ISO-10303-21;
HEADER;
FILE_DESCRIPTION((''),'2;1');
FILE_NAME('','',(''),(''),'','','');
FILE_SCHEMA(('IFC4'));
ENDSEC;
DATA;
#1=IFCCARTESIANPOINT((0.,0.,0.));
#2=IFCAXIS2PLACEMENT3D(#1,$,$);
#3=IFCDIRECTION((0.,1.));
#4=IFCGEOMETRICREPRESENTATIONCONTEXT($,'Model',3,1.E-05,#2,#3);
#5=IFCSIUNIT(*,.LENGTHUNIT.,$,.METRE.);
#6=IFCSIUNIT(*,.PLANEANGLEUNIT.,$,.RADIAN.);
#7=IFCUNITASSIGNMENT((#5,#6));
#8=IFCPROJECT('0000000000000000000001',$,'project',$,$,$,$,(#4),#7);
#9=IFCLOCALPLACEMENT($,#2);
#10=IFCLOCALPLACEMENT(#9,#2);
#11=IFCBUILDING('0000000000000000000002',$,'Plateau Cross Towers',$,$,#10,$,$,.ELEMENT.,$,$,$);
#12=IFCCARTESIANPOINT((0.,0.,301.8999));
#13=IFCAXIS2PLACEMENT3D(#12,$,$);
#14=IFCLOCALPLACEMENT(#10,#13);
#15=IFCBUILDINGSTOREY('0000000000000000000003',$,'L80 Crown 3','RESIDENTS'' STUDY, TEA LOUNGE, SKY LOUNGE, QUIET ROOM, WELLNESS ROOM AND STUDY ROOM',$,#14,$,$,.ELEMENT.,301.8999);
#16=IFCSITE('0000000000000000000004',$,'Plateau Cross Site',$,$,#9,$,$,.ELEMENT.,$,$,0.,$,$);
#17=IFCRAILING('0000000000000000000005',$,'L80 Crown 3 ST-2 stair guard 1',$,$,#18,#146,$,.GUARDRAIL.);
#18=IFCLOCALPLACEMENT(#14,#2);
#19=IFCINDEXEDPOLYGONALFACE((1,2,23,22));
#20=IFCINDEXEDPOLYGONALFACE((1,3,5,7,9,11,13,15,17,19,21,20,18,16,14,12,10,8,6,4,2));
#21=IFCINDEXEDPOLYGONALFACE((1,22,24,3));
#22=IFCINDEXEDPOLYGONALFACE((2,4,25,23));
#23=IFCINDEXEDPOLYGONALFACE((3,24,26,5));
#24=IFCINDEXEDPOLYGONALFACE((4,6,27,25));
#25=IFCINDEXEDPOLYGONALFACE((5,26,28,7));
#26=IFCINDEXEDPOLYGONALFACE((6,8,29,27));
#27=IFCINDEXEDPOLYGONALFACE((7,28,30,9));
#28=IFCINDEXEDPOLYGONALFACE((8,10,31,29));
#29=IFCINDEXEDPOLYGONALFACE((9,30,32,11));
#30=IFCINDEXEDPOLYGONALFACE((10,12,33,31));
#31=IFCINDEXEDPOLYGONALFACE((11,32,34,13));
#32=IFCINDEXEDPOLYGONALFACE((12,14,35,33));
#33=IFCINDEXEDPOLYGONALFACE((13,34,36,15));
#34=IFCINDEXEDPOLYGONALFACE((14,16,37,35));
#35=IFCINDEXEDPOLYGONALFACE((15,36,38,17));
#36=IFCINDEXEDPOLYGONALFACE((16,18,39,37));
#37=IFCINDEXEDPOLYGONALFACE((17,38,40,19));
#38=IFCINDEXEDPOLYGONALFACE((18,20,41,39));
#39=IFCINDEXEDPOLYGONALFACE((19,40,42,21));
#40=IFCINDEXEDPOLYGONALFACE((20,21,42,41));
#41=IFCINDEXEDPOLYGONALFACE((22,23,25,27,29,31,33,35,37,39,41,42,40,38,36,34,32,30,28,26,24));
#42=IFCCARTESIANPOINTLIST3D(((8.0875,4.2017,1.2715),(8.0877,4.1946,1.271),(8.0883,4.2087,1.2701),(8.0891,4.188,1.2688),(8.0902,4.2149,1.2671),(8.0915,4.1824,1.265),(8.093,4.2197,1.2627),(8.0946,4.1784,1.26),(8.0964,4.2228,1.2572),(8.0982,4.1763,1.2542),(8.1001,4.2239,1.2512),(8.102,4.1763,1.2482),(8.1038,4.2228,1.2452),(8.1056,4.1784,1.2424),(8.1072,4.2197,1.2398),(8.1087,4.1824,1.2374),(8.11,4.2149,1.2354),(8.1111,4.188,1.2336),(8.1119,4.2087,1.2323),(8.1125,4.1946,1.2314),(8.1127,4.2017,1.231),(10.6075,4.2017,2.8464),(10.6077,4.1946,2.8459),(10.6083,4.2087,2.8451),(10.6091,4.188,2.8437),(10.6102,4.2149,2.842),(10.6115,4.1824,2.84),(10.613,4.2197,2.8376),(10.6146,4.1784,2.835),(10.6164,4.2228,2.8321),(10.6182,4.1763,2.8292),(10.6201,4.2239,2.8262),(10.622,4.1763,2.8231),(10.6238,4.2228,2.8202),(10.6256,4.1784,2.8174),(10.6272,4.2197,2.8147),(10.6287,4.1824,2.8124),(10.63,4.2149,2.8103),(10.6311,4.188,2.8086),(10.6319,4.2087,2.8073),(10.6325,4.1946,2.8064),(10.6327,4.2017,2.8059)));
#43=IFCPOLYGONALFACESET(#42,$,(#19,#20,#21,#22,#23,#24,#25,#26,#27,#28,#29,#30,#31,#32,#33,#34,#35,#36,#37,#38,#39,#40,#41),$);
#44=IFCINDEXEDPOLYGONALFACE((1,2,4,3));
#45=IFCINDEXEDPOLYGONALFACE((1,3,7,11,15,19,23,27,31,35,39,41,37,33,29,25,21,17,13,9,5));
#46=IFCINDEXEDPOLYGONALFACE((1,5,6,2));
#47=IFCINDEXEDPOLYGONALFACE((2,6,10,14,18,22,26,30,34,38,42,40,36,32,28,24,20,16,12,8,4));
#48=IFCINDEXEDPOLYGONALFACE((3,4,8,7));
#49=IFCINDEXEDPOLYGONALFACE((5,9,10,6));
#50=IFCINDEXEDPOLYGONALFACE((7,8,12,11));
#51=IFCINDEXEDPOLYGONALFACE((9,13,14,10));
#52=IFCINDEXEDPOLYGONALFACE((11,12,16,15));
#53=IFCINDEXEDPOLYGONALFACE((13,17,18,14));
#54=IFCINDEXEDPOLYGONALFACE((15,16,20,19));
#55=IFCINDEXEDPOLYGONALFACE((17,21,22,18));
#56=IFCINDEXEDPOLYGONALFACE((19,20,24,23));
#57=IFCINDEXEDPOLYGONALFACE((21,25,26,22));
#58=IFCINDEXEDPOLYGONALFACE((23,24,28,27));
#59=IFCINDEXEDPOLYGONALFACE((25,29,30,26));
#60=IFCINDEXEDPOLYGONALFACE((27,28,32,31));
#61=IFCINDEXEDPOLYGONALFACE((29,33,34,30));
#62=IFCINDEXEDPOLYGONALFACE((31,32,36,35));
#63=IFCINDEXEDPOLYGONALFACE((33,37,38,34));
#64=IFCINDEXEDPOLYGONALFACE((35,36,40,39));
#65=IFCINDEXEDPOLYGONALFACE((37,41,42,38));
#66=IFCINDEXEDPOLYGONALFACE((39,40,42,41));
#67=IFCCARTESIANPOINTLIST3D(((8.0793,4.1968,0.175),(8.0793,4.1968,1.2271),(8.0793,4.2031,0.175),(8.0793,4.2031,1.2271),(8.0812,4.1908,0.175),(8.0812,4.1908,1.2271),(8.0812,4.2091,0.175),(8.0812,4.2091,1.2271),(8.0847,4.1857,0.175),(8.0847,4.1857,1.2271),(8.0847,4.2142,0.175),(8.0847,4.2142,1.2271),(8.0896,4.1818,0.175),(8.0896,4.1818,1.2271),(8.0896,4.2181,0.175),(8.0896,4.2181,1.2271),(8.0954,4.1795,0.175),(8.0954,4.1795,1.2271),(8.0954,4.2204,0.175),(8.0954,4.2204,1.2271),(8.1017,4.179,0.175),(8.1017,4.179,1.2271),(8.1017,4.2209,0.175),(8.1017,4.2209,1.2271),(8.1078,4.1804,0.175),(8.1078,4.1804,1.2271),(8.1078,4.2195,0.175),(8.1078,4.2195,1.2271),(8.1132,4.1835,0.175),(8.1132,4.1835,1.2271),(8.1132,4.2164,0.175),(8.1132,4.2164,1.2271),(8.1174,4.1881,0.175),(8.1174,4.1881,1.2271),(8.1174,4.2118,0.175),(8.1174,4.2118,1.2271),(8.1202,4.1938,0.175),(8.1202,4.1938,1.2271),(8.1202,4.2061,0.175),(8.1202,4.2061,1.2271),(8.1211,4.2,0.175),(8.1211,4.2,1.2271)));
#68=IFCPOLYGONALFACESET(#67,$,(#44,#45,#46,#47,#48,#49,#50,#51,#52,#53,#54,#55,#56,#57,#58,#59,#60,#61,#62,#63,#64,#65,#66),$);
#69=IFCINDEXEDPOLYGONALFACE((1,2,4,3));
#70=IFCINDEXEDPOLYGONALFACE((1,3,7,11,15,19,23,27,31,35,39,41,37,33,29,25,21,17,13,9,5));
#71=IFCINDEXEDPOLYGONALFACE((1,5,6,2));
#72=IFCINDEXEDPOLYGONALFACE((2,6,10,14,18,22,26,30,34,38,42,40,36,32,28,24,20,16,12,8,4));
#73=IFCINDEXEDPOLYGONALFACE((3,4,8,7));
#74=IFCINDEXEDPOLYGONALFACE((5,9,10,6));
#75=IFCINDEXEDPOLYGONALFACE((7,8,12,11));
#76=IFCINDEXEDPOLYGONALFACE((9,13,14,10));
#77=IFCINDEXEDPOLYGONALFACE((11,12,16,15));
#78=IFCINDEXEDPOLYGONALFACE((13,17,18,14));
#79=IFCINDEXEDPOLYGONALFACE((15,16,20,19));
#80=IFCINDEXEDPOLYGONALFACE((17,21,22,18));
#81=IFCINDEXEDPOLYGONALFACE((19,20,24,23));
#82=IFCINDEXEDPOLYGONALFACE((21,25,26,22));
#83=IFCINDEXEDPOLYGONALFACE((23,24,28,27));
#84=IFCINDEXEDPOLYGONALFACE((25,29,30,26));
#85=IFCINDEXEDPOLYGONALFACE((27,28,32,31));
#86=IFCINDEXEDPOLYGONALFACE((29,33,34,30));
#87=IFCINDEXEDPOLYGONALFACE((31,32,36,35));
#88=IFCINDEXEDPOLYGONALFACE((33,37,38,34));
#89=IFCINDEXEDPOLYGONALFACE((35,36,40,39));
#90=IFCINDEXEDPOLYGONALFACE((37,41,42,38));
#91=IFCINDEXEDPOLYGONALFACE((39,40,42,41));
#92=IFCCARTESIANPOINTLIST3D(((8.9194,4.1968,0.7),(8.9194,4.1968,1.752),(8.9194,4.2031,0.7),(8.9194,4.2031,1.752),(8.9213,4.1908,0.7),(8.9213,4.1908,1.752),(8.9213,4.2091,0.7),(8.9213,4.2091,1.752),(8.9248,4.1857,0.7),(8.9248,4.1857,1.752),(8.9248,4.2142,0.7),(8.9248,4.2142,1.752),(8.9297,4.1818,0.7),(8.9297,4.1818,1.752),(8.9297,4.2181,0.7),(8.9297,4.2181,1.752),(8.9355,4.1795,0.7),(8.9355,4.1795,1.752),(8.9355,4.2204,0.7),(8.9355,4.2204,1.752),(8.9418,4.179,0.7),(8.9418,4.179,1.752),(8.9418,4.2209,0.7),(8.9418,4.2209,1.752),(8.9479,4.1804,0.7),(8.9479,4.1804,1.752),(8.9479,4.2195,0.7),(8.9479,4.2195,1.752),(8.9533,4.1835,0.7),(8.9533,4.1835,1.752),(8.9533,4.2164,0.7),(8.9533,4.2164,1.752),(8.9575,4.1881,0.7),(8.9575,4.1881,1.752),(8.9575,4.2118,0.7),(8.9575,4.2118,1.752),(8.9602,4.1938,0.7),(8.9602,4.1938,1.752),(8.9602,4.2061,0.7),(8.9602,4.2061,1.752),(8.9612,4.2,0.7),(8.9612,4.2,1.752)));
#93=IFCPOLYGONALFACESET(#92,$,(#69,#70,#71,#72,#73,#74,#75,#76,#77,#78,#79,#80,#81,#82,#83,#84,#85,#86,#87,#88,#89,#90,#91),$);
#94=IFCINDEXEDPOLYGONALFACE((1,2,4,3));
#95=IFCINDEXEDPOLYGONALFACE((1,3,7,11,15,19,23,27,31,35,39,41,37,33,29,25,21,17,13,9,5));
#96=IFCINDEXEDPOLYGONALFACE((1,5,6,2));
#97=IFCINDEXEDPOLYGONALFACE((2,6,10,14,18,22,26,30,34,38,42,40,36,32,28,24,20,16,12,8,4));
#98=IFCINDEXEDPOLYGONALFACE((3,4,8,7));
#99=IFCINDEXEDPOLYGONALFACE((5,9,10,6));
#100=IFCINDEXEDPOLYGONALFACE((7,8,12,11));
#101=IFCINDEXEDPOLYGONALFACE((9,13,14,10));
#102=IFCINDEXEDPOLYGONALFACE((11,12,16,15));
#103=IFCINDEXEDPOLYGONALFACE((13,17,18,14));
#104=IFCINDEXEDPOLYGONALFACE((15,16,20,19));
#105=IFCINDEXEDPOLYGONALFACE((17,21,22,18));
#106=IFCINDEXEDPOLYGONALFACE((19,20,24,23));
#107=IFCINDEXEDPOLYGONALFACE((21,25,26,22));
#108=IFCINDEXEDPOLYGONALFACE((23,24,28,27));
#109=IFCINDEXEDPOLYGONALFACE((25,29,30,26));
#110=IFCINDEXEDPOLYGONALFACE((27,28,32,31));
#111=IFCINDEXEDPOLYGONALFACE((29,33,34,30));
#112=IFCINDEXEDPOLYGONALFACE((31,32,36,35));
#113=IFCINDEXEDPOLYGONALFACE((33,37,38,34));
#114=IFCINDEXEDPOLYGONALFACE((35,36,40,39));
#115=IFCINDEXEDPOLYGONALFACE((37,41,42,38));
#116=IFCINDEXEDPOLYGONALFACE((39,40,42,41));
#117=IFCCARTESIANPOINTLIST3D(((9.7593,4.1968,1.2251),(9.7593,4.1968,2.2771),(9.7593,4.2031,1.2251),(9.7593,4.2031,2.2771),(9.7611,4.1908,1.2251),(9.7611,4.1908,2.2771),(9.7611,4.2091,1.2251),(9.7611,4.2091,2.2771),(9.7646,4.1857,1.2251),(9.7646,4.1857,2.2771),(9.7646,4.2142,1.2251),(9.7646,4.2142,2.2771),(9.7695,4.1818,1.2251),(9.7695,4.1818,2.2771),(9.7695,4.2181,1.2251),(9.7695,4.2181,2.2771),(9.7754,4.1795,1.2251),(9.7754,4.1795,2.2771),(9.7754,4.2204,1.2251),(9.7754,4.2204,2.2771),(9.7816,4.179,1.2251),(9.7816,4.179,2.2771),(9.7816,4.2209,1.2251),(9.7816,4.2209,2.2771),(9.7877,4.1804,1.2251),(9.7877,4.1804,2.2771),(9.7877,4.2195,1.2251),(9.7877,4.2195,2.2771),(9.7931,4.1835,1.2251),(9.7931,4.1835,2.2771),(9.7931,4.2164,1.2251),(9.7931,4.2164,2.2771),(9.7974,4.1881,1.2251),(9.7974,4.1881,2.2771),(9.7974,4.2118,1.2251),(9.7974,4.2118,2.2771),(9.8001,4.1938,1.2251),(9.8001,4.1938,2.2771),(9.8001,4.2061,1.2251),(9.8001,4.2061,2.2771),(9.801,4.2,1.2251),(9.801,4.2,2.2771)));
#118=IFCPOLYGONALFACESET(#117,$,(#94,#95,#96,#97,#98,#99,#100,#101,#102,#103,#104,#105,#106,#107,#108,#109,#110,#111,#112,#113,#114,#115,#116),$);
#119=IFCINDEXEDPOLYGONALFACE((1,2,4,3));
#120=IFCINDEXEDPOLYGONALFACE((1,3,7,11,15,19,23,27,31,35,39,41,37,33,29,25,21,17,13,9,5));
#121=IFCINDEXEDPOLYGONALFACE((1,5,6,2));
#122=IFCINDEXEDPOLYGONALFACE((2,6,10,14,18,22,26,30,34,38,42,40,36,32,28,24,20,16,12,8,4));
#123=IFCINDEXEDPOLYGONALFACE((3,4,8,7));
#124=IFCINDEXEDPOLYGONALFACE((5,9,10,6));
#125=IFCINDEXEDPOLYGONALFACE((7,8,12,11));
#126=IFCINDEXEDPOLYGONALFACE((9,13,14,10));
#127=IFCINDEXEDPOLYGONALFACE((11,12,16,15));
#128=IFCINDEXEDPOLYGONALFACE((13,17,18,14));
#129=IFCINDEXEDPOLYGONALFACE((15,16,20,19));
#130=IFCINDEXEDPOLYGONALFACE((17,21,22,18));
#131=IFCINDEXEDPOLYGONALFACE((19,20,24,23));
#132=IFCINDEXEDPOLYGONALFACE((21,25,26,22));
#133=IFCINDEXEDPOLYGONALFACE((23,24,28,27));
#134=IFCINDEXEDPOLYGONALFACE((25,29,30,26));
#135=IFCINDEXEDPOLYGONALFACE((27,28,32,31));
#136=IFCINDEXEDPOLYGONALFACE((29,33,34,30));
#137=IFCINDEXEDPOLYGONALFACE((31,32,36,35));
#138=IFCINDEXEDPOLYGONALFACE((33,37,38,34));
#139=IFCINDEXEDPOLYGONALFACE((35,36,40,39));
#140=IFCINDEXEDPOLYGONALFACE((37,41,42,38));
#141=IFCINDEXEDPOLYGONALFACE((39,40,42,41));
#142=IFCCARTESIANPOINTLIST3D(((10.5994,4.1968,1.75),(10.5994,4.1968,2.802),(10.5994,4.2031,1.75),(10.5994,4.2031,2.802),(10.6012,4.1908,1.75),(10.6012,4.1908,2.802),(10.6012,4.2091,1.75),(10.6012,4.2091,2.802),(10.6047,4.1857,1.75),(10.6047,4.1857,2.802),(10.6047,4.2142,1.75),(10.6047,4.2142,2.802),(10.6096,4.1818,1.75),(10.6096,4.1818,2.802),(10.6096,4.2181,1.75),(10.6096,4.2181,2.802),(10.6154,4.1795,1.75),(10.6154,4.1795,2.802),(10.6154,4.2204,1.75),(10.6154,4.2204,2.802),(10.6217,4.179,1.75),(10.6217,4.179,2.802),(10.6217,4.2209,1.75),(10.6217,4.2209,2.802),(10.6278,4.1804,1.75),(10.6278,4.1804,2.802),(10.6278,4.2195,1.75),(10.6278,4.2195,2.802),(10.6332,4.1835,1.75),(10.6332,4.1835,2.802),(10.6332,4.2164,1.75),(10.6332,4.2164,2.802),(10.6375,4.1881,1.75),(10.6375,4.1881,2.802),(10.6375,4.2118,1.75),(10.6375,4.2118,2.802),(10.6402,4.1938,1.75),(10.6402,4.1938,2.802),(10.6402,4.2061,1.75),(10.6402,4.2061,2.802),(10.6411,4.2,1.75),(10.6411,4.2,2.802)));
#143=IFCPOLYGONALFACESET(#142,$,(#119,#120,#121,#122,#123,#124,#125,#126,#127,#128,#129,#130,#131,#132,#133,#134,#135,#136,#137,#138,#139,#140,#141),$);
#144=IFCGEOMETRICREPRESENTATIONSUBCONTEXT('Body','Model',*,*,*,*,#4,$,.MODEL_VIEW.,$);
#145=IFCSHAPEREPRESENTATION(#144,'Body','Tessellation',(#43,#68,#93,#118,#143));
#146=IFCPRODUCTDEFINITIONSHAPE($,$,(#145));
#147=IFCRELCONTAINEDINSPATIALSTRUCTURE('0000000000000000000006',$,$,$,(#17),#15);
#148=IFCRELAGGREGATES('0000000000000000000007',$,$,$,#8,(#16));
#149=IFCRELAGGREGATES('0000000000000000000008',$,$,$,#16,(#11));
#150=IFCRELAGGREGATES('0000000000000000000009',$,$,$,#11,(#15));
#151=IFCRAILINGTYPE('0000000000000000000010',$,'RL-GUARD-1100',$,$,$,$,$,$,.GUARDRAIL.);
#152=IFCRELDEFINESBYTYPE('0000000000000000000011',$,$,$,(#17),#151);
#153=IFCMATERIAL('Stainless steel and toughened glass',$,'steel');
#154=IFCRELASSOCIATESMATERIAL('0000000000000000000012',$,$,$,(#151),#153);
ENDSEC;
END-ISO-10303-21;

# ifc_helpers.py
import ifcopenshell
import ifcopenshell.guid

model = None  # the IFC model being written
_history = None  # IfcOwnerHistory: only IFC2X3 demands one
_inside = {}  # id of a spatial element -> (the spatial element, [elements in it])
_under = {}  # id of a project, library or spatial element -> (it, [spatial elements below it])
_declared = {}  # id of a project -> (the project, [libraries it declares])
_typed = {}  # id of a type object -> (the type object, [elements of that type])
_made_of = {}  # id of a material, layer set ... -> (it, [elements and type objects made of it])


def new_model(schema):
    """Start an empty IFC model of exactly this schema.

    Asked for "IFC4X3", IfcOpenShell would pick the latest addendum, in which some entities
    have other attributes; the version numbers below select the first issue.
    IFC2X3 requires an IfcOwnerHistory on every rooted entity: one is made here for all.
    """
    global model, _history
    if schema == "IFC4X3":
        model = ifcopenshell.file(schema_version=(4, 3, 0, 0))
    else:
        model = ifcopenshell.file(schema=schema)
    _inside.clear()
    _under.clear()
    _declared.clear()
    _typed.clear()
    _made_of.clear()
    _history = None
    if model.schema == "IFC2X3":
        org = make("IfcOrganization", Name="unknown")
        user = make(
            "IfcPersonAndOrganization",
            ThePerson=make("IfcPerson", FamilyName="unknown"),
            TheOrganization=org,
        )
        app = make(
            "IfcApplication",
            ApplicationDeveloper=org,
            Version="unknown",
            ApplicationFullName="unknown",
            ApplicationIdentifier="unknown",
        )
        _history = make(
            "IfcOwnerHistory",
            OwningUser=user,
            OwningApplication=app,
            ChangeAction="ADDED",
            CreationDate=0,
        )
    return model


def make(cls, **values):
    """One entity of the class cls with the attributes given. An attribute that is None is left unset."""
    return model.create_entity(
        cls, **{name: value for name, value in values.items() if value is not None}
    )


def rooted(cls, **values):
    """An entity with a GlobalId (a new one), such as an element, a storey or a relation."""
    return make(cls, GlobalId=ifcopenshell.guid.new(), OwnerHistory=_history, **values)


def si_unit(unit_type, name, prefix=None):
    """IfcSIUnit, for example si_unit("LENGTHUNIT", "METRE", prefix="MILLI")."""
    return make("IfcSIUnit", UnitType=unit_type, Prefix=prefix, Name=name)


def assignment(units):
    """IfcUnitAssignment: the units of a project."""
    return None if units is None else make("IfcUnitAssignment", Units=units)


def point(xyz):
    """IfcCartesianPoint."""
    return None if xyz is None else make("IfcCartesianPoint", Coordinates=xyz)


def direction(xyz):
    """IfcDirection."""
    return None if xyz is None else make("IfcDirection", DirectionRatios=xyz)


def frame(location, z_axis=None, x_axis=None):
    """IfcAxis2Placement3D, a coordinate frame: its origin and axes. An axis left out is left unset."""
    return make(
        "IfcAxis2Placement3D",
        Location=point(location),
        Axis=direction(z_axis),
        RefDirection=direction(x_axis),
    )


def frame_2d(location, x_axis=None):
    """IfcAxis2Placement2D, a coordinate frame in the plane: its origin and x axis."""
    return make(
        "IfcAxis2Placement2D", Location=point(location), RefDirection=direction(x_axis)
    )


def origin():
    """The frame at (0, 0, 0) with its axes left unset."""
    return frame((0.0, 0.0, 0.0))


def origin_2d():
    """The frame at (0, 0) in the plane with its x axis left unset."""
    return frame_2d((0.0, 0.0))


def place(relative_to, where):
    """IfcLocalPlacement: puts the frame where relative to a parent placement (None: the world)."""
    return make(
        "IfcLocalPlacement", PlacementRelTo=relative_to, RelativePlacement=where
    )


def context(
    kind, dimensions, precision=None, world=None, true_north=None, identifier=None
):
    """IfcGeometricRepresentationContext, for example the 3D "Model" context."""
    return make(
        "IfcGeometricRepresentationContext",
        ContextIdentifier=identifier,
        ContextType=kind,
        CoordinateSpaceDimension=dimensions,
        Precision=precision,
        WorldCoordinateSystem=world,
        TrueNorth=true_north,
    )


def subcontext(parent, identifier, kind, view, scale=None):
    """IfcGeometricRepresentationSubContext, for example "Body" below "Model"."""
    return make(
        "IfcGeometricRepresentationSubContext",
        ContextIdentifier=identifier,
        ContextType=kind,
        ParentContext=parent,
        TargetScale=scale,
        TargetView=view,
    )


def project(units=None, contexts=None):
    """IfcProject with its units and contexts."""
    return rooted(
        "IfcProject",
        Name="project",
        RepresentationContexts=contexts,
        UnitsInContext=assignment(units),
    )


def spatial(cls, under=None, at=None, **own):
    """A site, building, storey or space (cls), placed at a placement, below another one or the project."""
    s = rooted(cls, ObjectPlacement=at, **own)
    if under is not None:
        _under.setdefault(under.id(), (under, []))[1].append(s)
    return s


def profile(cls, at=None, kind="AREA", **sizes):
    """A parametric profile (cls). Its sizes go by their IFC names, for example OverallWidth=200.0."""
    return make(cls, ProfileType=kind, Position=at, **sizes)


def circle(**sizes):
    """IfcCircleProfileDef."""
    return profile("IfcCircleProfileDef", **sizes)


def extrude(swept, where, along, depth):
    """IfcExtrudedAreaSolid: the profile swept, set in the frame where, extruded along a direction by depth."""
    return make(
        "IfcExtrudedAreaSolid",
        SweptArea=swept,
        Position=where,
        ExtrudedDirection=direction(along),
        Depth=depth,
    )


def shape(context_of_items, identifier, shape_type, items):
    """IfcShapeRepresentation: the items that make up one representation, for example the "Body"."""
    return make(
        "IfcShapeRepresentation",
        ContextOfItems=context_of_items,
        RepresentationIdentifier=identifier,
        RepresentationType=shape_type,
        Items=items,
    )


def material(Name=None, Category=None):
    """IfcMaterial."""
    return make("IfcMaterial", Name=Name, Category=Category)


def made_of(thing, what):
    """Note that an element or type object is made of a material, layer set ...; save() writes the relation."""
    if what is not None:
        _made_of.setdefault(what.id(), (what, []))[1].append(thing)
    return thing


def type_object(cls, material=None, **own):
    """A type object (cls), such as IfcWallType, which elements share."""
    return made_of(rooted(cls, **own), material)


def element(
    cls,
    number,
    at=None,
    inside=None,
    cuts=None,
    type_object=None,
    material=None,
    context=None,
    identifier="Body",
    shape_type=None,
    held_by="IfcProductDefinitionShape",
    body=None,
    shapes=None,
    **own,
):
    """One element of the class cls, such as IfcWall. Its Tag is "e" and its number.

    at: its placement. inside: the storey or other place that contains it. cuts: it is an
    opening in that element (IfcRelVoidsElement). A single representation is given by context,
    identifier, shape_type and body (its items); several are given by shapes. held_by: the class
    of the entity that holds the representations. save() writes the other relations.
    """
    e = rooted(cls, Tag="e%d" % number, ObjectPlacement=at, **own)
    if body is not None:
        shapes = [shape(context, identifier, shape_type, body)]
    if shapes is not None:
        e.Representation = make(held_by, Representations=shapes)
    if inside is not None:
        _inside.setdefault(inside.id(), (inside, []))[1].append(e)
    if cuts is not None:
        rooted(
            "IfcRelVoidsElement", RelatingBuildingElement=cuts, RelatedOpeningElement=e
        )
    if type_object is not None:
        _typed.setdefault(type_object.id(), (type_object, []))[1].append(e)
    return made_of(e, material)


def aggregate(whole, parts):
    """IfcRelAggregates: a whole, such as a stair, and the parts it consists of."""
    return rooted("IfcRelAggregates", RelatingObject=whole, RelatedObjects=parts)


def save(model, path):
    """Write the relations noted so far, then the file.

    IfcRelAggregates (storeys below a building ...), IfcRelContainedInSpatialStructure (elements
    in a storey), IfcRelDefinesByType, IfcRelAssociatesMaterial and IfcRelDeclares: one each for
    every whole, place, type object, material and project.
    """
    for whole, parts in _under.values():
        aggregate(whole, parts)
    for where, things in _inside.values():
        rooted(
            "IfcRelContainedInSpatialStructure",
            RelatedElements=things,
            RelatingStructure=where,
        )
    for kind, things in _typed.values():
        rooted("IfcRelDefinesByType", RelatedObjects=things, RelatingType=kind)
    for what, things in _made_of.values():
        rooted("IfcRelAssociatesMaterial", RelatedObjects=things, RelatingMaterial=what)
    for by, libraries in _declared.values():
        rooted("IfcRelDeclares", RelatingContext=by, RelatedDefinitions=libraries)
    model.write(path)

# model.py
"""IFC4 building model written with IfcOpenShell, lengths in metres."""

from ifc_helpers import new_model, si_unit, direction, frame, origin, origin_2d, place, context, subcontext, project, spatial, circle, extrude, material, type_object, element, save


model = new_model("IFC4")

# Units and contexts
model_context = context("Model", 3, precision=1e-05, world=origin(), true_north=direction((0.0, 1.0)))
body_context = subcontext(model_context, "Body", "Model", "MODEL_VIEW")
ifc_project = project(units=[si_unit("LENGTHUNIT", "METRE"), si_unit("PLANEANGLEUNIT", "RADIAN")], contexts=[model_context])

# Site, building, storey
site_placement = place(None, origin())
site = spatial("IfcSite", under=ifc_project, at=site_placement, Name="Plateau Cross Site", CompositionType="ELEMENT", RefElevation=0.0)
building_placement = place(site_placement, origin())
building = spatial("IfcBuilding", under=site, at=building_placement, Name="Plateau Cross Towers", CompositionType="ELEMENT")
storey_placement = place(building_placement, frame((0.0, 0.0, 301.8999)))
storey = spatial("IfcBuildingStorey", under=building, at=storey_placement, Name="L80 Crown 3", Description="RESIDENTS' STUDY, TEA LOUNGE, SKY LOUNGE, QUIET ROOM, WELLNESS ROOM AND STUDY ROOM", CompositionType="ELEMENT", Elevation=301.8999)

# Railing
ifc_material_1 = material(Name="Stainless steel and toughened glass", Category="steel")
railing_type_1 = type_object("IfcRailingType", Name="RL-GUARD-1100", PredefinedType="GUARDRAIL", material=ifc_material_1)
railing_1_placement = place(storey_placement, frame((8.1001, 4.2, 0.175)))
element("IfcRailing", 1, at=railing_1_placement, inside=storey, type_object=railing_type_1, Name="L80 Crown 3 ST-2 stair guard 1", PredefinedType="GUARDRAIL", context=body_context, shape_type="SweptSolid", body=[
    extrude(circle(Radius=0.0239, at=origin_2d()), frame((0.0, 0.0, 1.0762), z_axis=(0.848008, 0.0, 0.529984), x_axis=(0.0, 1.0, 0.0)), (0.0, 0.0, 1.0), 2.9717),
    extrude(circle(Radius=0.021, at=origin_2d()), origin(), (0.0, 0.0, 1.0), 1.052),
    extrude(circle(Radius=0.021, at=origin_2d()), frame((0.8401, 0.0, 0.5249)), (0.0, 0.0, 1.0), 1.052),
    extrude(circle(Radius=0.021, at=origin_2d()), frame((1.6799, 0.0, 1.05)), (0.0, 0.0, 1.0), 1.052),
    extrude(circle(Radius=0.021, at=origin_2d()), frame((2.52, 0.0, 1.575)), (0.0, 0.0, 1.0), 1.052),
])

save(model, "model.ifc")
